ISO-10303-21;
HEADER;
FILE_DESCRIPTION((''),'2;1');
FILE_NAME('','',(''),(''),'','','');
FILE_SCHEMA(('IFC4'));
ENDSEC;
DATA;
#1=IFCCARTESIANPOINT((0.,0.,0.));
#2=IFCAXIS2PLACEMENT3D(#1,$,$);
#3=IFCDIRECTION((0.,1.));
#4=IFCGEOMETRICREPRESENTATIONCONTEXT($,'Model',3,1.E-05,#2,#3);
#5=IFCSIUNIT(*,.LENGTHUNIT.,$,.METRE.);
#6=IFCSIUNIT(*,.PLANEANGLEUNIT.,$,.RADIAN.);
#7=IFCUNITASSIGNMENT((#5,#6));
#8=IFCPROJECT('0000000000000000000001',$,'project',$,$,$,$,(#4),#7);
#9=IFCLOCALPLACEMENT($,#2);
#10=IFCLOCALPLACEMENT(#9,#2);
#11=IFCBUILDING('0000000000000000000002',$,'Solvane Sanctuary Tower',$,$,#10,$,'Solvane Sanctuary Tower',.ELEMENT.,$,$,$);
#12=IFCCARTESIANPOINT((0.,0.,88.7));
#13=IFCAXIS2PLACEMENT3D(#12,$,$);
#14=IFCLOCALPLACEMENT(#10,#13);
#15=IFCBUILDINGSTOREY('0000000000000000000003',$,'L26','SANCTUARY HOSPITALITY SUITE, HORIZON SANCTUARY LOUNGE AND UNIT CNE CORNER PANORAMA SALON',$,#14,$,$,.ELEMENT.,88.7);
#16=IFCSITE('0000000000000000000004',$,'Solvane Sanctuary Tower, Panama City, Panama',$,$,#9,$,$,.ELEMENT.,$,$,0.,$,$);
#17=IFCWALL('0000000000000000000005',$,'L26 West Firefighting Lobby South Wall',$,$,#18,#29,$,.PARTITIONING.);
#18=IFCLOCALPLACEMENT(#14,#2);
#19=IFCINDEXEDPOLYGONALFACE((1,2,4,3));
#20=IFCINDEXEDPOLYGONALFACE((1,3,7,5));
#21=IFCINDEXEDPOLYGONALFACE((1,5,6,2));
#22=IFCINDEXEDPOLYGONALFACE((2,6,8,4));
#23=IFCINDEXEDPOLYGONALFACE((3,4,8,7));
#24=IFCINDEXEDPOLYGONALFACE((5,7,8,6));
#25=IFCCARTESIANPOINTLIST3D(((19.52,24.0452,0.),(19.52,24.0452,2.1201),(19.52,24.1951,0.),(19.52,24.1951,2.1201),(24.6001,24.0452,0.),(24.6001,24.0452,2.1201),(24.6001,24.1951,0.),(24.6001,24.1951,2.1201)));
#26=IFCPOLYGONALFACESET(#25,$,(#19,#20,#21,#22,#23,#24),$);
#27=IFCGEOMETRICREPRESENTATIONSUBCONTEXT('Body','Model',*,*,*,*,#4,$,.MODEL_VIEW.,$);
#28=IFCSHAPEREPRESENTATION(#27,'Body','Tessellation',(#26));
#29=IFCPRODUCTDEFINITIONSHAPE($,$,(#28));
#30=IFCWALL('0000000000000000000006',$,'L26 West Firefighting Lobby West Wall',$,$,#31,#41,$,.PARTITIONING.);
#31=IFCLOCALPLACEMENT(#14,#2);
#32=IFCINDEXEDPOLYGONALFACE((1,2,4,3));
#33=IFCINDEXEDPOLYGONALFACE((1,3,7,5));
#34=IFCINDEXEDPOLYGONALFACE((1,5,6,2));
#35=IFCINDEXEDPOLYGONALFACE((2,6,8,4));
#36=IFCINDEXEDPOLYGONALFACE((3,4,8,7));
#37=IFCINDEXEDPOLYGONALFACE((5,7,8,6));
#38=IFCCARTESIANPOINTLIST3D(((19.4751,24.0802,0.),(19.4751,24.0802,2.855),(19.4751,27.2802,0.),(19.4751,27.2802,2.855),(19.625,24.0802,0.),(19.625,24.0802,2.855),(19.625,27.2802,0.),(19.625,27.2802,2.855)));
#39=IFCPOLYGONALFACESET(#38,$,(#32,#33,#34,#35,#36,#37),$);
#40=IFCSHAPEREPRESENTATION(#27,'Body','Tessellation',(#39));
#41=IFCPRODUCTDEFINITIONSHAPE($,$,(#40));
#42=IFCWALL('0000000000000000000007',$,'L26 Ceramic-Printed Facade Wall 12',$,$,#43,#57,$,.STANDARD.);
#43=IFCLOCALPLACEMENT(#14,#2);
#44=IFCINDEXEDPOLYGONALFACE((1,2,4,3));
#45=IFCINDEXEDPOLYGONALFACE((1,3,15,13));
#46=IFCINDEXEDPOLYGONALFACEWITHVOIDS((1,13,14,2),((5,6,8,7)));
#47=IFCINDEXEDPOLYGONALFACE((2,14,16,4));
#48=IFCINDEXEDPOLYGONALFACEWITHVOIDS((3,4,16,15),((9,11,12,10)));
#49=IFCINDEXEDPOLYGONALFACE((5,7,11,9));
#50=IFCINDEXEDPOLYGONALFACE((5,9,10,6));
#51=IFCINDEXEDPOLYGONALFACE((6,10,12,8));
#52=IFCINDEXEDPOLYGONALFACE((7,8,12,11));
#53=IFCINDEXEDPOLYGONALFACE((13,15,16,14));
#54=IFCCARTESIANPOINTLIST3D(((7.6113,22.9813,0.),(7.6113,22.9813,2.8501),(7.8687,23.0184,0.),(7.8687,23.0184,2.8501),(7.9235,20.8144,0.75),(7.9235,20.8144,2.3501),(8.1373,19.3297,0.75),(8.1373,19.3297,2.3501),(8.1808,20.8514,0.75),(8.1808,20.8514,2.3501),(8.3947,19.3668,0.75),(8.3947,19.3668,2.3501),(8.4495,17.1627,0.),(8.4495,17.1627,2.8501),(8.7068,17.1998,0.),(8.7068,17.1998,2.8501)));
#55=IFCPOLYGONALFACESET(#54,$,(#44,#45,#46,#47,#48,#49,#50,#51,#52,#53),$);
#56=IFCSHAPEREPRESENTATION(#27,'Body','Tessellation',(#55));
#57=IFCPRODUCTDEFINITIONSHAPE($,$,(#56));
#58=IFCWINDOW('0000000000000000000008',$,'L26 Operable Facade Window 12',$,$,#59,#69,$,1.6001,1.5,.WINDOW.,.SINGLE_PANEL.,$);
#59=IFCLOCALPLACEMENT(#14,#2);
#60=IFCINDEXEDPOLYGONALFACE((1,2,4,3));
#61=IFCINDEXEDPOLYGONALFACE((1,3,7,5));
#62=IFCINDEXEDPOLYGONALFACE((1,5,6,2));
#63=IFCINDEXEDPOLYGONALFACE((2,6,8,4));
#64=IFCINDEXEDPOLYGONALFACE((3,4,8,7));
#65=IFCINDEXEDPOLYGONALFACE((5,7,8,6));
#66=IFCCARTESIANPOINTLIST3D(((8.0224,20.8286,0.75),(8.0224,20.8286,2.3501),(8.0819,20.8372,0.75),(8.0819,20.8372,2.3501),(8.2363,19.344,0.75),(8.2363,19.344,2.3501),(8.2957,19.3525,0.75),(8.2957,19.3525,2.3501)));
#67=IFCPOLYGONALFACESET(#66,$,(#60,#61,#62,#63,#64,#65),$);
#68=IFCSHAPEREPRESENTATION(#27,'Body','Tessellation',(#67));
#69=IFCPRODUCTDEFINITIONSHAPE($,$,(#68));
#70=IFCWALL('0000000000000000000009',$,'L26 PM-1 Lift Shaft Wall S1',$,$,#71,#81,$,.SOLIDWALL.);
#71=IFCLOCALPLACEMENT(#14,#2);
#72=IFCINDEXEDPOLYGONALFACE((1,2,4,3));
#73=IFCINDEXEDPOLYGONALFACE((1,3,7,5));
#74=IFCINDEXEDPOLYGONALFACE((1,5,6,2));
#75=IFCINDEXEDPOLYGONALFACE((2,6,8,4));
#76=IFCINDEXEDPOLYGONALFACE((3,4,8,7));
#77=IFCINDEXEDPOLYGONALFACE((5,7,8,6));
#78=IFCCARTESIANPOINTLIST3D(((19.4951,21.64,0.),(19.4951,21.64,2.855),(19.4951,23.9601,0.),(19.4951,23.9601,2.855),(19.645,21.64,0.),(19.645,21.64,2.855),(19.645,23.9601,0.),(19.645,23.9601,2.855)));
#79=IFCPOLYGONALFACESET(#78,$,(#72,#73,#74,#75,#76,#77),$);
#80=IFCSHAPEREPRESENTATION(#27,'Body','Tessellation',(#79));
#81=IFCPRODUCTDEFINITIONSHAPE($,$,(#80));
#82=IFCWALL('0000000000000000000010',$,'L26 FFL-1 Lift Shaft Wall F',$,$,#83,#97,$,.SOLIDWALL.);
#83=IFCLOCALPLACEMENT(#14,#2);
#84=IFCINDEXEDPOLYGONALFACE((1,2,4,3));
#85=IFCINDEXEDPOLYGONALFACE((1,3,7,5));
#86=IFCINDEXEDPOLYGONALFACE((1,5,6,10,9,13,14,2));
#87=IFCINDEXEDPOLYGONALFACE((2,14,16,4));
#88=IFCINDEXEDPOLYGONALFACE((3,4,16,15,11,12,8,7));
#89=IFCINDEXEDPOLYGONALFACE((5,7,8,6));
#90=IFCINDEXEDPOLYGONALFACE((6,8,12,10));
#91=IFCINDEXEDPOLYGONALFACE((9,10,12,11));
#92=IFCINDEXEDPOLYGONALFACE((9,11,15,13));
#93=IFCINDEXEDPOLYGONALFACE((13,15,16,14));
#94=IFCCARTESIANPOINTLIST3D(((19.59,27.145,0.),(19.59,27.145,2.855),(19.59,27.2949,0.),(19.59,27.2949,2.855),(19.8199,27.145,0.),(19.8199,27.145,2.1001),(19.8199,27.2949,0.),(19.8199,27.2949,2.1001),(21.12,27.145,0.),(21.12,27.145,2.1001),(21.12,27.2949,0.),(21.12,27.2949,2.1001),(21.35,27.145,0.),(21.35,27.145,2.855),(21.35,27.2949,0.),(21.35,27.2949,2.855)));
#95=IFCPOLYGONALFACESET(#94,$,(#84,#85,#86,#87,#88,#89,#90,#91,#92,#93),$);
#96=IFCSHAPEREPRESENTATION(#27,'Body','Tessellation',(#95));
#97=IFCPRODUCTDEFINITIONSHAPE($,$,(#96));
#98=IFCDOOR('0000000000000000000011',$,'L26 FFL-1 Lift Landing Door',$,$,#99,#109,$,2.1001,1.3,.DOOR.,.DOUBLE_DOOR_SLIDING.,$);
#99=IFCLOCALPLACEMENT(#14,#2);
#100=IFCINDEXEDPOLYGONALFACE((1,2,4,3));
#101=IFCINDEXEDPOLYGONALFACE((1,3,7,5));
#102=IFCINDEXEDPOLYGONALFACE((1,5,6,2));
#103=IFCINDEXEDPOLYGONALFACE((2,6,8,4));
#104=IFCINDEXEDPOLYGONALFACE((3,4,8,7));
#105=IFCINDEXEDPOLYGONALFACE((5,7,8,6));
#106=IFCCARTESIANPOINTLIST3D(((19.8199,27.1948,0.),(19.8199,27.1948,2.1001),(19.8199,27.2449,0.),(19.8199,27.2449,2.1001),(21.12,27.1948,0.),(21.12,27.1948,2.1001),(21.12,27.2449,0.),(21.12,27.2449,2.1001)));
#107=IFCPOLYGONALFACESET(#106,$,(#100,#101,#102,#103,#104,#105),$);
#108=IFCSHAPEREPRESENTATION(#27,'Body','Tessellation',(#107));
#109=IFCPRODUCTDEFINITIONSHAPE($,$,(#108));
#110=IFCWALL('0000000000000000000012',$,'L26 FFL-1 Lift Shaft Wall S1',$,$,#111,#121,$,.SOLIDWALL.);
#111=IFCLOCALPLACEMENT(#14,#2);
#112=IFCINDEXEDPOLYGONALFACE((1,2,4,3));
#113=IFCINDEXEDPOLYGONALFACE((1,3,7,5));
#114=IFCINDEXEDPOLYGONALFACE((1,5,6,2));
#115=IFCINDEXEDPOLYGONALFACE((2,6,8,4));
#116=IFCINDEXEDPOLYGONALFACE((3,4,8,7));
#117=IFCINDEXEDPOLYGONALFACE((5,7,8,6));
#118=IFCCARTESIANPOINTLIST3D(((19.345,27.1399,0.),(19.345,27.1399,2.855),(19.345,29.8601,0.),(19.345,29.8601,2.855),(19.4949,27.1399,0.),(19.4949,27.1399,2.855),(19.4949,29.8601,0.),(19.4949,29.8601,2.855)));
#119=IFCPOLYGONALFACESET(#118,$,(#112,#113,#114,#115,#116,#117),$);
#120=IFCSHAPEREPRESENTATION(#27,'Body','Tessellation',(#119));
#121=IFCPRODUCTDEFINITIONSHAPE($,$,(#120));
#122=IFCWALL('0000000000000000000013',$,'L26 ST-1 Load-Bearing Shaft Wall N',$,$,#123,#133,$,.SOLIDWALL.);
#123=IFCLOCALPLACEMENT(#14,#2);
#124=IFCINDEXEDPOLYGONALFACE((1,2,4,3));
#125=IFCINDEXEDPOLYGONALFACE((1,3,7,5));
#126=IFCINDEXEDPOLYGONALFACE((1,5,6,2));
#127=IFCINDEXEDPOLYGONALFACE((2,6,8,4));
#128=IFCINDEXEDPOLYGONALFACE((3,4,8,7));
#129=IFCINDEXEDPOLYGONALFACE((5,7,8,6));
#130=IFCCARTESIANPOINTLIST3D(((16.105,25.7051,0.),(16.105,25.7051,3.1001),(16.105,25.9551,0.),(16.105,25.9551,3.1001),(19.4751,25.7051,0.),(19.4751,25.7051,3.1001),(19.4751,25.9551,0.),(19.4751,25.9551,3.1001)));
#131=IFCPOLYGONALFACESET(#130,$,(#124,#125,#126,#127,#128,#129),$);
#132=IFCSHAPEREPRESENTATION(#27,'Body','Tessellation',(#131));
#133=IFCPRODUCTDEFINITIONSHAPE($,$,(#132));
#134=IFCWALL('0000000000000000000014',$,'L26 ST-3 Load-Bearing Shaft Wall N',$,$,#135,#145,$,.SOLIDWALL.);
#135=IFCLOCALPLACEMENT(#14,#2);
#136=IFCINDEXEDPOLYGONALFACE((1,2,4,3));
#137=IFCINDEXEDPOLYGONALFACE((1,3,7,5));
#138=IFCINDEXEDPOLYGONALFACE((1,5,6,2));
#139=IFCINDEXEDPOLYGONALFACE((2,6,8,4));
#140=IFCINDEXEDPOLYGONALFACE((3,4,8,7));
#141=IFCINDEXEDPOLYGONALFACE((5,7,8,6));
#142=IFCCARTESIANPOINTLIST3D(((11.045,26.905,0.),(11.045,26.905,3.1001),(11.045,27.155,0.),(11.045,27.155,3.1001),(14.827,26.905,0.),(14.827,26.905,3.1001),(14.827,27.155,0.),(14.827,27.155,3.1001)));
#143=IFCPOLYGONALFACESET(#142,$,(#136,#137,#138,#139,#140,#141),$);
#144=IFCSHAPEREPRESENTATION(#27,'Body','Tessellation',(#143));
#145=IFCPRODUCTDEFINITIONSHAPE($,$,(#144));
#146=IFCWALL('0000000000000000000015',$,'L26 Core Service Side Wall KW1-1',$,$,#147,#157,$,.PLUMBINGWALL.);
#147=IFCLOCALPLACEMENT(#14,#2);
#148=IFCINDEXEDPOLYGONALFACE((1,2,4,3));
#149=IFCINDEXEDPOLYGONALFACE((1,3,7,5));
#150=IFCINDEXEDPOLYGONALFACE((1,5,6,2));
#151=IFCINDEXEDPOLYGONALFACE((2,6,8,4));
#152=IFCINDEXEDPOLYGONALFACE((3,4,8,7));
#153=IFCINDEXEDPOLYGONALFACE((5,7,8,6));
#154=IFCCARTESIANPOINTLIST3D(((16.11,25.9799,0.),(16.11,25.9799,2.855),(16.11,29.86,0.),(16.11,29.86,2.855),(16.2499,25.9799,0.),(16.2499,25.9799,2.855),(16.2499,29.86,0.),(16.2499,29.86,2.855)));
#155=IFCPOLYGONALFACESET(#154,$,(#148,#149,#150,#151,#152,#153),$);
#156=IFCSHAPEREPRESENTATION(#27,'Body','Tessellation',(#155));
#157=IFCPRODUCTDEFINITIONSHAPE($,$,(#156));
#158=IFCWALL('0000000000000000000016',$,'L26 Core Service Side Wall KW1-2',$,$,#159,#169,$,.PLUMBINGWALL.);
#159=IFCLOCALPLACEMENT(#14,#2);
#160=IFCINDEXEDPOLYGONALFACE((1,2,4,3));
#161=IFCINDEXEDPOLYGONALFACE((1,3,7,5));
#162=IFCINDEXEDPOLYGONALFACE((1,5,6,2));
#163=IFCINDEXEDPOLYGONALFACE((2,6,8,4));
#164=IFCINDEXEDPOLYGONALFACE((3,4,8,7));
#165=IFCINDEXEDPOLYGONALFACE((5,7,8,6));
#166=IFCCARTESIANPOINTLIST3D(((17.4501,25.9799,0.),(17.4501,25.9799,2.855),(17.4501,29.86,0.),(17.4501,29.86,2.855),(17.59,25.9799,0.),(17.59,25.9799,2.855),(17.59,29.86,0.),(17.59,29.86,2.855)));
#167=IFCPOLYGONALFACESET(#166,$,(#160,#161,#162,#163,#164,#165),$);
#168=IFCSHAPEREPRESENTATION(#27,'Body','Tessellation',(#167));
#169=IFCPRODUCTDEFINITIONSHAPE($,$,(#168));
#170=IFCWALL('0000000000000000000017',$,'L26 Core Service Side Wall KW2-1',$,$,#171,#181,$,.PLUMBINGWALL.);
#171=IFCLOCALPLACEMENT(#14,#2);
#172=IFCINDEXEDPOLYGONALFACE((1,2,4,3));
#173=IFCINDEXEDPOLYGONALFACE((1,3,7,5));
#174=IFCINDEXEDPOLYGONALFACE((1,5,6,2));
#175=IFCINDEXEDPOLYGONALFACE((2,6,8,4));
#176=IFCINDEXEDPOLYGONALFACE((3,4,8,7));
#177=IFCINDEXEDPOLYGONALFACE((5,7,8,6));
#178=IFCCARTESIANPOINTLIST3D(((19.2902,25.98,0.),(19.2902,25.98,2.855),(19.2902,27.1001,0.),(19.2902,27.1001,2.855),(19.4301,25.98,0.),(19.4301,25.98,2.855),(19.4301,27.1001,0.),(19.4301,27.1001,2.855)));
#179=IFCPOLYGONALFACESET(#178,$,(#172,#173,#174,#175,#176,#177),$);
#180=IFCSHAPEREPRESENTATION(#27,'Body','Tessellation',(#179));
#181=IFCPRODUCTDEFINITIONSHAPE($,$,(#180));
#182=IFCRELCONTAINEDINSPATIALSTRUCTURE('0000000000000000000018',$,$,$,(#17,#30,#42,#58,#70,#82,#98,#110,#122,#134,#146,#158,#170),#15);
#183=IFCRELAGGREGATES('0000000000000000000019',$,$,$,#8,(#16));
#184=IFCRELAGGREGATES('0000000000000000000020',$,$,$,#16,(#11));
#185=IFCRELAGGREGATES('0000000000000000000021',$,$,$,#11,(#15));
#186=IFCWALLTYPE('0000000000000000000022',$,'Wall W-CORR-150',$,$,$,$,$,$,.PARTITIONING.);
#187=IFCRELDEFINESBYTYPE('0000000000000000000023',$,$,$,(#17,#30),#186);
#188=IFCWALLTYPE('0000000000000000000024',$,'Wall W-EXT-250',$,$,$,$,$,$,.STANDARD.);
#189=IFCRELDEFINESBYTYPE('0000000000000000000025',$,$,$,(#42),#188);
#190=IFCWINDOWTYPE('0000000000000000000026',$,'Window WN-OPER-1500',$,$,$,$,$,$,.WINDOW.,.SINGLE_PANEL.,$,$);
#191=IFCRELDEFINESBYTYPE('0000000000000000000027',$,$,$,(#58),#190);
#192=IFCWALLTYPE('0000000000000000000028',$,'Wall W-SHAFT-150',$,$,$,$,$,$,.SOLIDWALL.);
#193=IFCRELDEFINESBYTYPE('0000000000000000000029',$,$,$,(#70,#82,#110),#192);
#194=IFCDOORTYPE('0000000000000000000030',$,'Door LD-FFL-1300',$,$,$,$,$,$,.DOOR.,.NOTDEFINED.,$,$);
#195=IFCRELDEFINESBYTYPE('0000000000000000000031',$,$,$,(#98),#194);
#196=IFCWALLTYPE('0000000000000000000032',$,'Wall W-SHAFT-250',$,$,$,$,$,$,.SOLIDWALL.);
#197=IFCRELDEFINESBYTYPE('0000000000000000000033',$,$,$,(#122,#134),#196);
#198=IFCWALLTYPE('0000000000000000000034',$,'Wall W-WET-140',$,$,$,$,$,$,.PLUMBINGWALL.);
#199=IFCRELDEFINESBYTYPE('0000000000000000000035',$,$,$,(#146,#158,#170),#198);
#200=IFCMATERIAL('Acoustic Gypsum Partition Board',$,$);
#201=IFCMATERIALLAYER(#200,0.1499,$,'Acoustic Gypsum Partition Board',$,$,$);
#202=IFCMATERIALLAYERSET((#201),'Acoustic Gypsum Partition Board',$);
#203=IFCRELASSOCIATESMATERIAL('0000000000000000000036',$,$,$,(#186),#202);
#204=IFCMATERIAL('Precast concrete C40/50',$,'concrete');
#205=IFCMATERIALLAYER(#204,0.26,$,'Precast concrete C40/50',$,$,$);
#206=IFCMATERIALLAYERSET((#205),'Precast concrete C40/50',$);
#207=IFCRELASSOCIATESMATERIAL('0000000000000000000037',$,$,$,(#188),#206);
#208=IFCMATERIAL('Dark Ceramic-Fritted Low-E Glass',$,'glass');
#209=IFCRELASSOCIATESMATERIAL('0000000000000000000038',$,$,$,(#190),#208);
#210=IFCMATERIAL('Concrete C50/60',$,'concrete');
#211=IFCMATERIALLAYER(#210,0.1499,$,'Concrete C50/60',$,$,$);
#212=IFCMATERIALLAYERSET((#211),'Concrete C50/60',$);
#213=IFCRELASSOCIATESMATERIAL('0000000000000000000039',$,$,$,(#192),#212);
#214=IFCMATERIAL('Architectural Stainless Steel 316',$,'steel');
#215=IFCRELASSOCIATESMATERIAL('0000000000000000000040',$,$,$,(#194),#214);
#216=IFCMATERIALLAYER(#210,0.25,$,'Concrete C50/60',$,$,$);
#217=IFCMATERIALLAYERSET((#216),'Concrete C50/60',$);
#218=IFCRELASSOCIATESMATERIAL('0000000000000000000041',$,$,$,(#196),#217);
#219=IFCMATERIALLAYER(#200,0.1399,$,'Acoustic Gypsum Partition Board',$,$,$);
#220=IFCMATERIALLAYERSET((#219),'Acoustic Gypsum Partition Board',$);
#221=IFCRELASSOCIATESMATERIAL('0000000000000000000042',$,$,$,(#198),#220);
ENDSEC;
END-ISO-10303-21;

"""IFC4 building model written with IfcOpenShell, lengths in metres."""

from ifc_helpers import new_model, si_unit, direction, frame, frame_2d, origin, place, context, subcontext, project, spatial, rectangle, extrude, material, layer, layer_set, type_object, element, fill, save


model = new_model("IFC4")

# Units and contexts
model_context = context("Model", 3, precision=1e-05, world=origin(), true_north=direction((0.0, 1.0)))
body_context = subcontext(model_context, "Body", "Model", "MODEL_VIEW")
ifc_project = project(units=[si_unit("LENGTHUNIT", "METRE"), si_unit("PLANEANGLEUNIT", "RADIAN")], contexts=[model_context])

# Site, building, storey
site_placement = place(None, origin())
site = spatial("IfcSite", under=ifc_project, at=site_placement, Name="Solvane Sanctuary Tower, Panama City, Panama", CompositionType="ELEMENT", RefElevation=0.0)
building_placement = place(site_placement, origin())
building = spatial("IfcBuilding", under=site, at=building_placement, Name="Solvane Sanctuary Tower", LongName="Solvane Sanctuary Tower", CompositionType="ELEMENT")
storey_placement = place(building_placement, frame((0.0, 0.0, 88.7)))
storey = spatial("IfcBuildingStorey", under=building, at=storey_placement, Name="L26", Description="SANCTUARY HOSPITALITY SUITE, HORIZON SANCTUARY LOUNGE AND UNIT CNE CORNER PANORAMA SALON", CompositionType="ELEMENT", Elevation=88.7)

# Walls
ifc_material_1 = material(Name="Acoustic Gypsum Partition Board")
ifc_layer_1 = layer(ifc_material_1, 0.1499, Name="Acoustic Gypsum Partition Board")
ifc_layer_set_1 = layer_set([ifc_layer_1], Name="Acoustic Gypsum Partition Board")
wall_type_1 = type_object("IfcWallType", Name="Wall W-CORR-150", PredefinedType="PARTITIONING", material=ifc_layer_set_1)
wall_1_placement = place(storey_placement, frame((19.52, 24.1201, 0.0), z_axis=(0.0, 0.0, 1.0), x_axis=(1.0, 0.0, 0.0)))
element("IfcWall", 1, at=wall_1_placement, inside=storey, type_object=wall_type_1, Name="L26 West Firefighting Lobby South Wall", PredefinedType="PARTITIONING", context=body_context, shape_type="SweptSolid", body=[
    extrude(rectangle(XDim=5.0801, YDim=0.1499, at=frame_2d((2.54, 0.0))), origin(), (0.0, 0.0, 1.0), 2.1201),
])
wall_2_placement = place(storey_placement, frame((19.55, 24.0801, 0.0), z_axis=(0.0, 0.0, 1.0), x_axis=(0.0, 1.0, 0.0)))
element("IfcWall", 2, at=wall_2_placement, inside=storey, type_object=wall_type_1, Name="L26 West Firefighting Lobby West Wall", PredefinedType="PARTITIONING", context=body_context, shape_type="SweptSolid", body=[
    extrude(rectangle(XDim=3.2, YDim=0.1499, at=frame_2d((1.6001, 0.0))), origin(), (0.0, 0.0, 1.0), 2.855),
])

# Wall, opening, window
ifc_material_2 = material(Name="Precast concrete C40/50", Category="concrete")
ifc_layer_2 = layer(ifc_material_2, 0.26, Name="Precast concrete C40/50")
ifc_layer_set_2 = layer_set([ifc_layer_2], Name="Precast concrete C40/50")
wall_type_2 = type_object("IfcWallType", Name="Wall W-EXT-250", PredefinedType="STANDARD", material=ifc_layer_set_2)
wall_3_placement = place(storey_placement, frame((7.74, 23.0, 0.0), z_axis=(0.0, 0.0, 1.0), x_axis=(0.142572, -0.989784, 0.0)))
wall_3 = element("IfcWall", 3, at=wall_3_placement, inside=storey, type_object=wall_type_2, Name="L26 Ceramic-Printed Facade Wall 12", PredefinedType="STANDARD", context=body_context, shape_type="SweptSolid", body=[
    extrude(rectangle(XDim=5.8787, YDim=0.26, at=frame_2d((2.9395, 0.0))), origin(), (0.0, 0.0, 1.0), 2.8501),
])
opening_1_placement = place(wall_3_placement, frame((2.1895, 0.0, 0.75)))
opening_1 = element("IfcOpeningElement", 4, at=opening_1_placement, cuts=wall_3, PredefinedType="OPENING", context=body_context, shape_type="SweptSolid", body=[
    extrude(rectangle(XDim=1.5, YDim=1.6001, at=frame_2d((0.75, 0.8))), frame((0.0, 0.1399, 0.0), z_axis=(0.0, -1.0, 0.0), x_axis=(1.0, 0.0, 0.0)), (0.0, 0.0, 1.0), 0.28),
])
ifc_material_3 = material(Name="Dark Ceramic-Fritted Low-E Glass", Category="glass")
window_type = type_object("IfcWindowType", Name="Window WN-OPER-1500", PartitioningType="SINGLE_PANEL", PredefinedType="WINDOW", material=ifc_material_3)
window_placement = place(opening_1_placement, origin())
window = element("IfcWindow", 5, at=window_placement, inside=storey, type_object=window_type, Name="L26 Operable Facade Window 12", OverallHeight=1.6001, OverallWidth=1.5, PartitioningType="SINGLE_PANEL", PredefinedType="WINDOW", context=body_context, shape_type="SweptSolid", body=[
    extrude(rectangle(XDim=1.5, YDim=1.6001, at=frame_2d((0.75, 0.8))), frame((0.0, 0.03, 0.0), z_axis=(0.0, -1.0, 0.0), x_axis=(1.0, 0.0, 0.0)), (0.0, 0.0, 1.0), 0.0601),
])
fill(opening_1, window)

# Wall
ifc_material_4 = material(Name="Concrete C50/60", Category="concrete")
ifc_layer_3 = layer(ifc_material_4, 0.1499, Name="Concrete C50/60")
ifc_layer_set_3 = layer_set([ifc_layer_3], Name="Concrete C50/60")
wall_type_3 = type_object("IfcWallType", Name="Wall W-SHAFT-150", PredefinedType="SOLIDWALL", material=ifc_layer_set_3)
wall_4_placement = place(storey_placement, frame((19.5701, 21.6399, 0.0), z_axis=(0.0, 0.0, 1.0), x_axis=(0.0, 1.0, 0.0)))
element("IfcWall", 6, at=wall_4_placement, inside=storey, type_object=wall_type_3, Name="L26 PM-1 Lift Shaft Wall S1", PredefinedType="SOLIDWALL", context=body_context, shape_type="SweptSolid", body=[
    extrude(rectangle(XDim=2.3201, YDim=0.1499, at=frame_2d((1.1602, 0.0))), origin(), (0.0, 0.0, 1.0), 2.855),
])

# Wall, opening, door
wall_5_placement = place(storey_placement, frame((19.5901, 27.22, 0.0), z_axis=(0.0, 0.0, 1.0), x_axis=(1.0, 0.0, 0.0)))
wall_5 = element("IfcWall", 7, at=wall_5_placement, inside=storey, type_object=wall_type_3, Name="L26 FFL-1 Lift Shaft Wall F", PredefinedType="SOLIDWALL", context=body_context, shape_type="SweptSolid", body=[
    extrude(rectangle(XDim=1.76, YDim=0.1499, at=frame_2d((0.8799, 0.0))), origin(), (0.0, 0.0, 1.0), 2.855),
])
opening_2_placement = place(wall_5_placement, frame((0.23, 0.0, 0.0)))
opening_2 = element("IfcOpeningElement", 8, at=opening_2_placement, cuts=wall_5, PredefinedType="OPENING", context=body_context, shape_type="SweptSolid", body=[
    extrude(rectangle(XDim=1.3, YDim=2.1001, at=frame_2d((0.6499, 1.05))), frame((0.0, 0.085, 0.0), z_axis=(0.0, -1.0, 0.0), x_axis=(1.0, 0.0, 0.0)), (0.0, 0.0, 1.0), 0.1699),
])
ifc_material_5 = material(Name="Architectural Stainless Steel 316", Category="steel")
door_type = type_object("IfcDoorType", Name="Door LD-FFL-1300", OperationType="NOTDEFINED", PredefinedType="DOOR", material=ifc_material_5)
door_placement = place(opening_2_placement, origin())
door = element("IfcDoor", 9, at=door_placement, inside=storey, type_object=door_type, Name="L26 FFL-1 Lift Landing Door", OperationType="DOUBLE_DOOR_SLIDING", OverallHeight=2.1001, OverallWidth=1.3, PredefinedType="DOOR", context=body_context, shape_type="SweptSolid", body=[
    extrude(rectangle(XDim=1.3, YDim=2.1001, at=frame_2d((0.6499, 1.05))), frame((0.0, 0.0249, 0.0), z_axis=(0.0, -1.0, 0.0), x_axis=(1.0, 0.0, 0.0)), (0.0, 0.0, 1.0), 0.05),
])
fill(opening_2, door)

# Walls
wall_6_placement = place(storey_placement, frame((19.4199, 27.1399, 0.0), z_axis=(0.0, 0.0, 1.0), x_axis=(0.0, 1.0, 0.0)))
element("IfcWall", 10, at=wall_6_placement, inside=storey, type_object=wall_type_3, Name="L26 FFL-1 Lift Shaft Wall S1", PredefinedType="SOLIDWALL", context=body_context, shape_type="SweptSolid", body=[
    extrude(rectangle(XDim=2.7202, YDim=0.1499, at=frame_2d((1.3601, 0.0))), origin(), (0.0, 0.0, 1.0), 2.855),
])
ifc_layer_4 = layer(ifc_material_4, 0.25, Name="Concrete C50/60")
ifc_layer_set_4 = layer_set([ifc_layer_4], Name="Concrete C50/60")
wall_type_4 = type_object("IfcWallType", Name="Wall W-SHAFT-250", PredefinedType="SOLIDWALL", material=ifc_layer_set_4)
wall_7_placement = place(storey_placement, frame((16.105, 25.8301, 0.0), z_axis=(0.0, 0.0, 1.0), x_axis=(1.0, 0.0, 0.0)))
element("IfcWall", 11, at=wall_7_placement, inside=storey, type_object=wall_type_4, Name="L26 ST-1 Load-Bearing Shaft Wall N", PredefinedType="SOLIDWALL", context=body_context, shape_type="SweptSolid", body=[
    extrude(rectangle(XDim=3.3701, YDim=0.25, at=frame_2d((1.6851, 0.0))), origin(), (0.0, 0.0, 1.0), 3.1001),
])
wall_8_placement = place(storey_placement, frame((11.0449, 27.03, 0.0), z_axis=(0.0, 0.0, 1.0), x_axis=(1.0, 0.0, 0.0)))
element("IfcWall", 12, at=wall_8_placement, inside=storey, type_object=wall_type_4, Name="L26 ST-3 Load-Bearing Shaft Wall N", PredefinedType="SOLIDWALL", context=body_context, shape_type="SweptSolid", body=[
    extrude(rectangle(XDim=3.782, YDim=0.25, at=frame_2d((1.8911, 0.0))), origin(), (0.0, 0.0, 1.0), 3.1001),
])
ifc_layer_5 = layer(ifc_material_1, 0.1399, Name="Acoustic Gypsum Partition Board")
ifc_layer_set_5 = layer_set([ifc_layer_5], Name="Acoustic Gypsum Partition Board")
wall_type_5 = type_object("IfcWallType", Name="Wall W-WET-140", PredefinedType="PLUMBINGWALL", material=ifc_layer_set_5)
for number, where, z_axis, x_axis, name in (
    (13, (16.1799, 25.98, 0.0), (0.0, 0.0, 1.0), (0.0, 1.0, 0.0), "L26 Core Service Side Wall KW1-1"),
    (14, (17.52, 25.98, 0.0), (0.0, 0.0, 1.0), (0.0, 1.0, 0.0), "L26 Core Service Side Wall KW1-2"),
):
    element("IfcWall", number, at=place(storey_placement, frame(where, z_axis=z_axis, x_axis=x_axis)), inside=storey, type_object=wall_type_5, Name=name, PredefinedType="PLUMBINGWALL", context=body_context, shape_type="SweptSolid", body=[
        extrude(rectangle(XDim=3.8801, YDim=0.1399, at=frame_2d((1.9399, 0.0))), origin(), (0.0, 0.0, 1.0), 2.855),
    ])
wall_9_placement = place(storey_placement, frame((19.3601, 25.98, 0.0), z_axis=(0.0, 0.0, 1.0), x_axis=(0.0, 1.0, 0.0)))
element("IfcWall", 15, at=wall_9_placement, inside=storey, type_object=wall_type_5, Name="L26 Core Service Side Wall KW2-1", PredefinedType="PLUMBINGWALL", context=body_context, shape_type="SweptSolid", body=[
    extrude(rectangle(XDim=1.1201, YDim=0.1399, at=frame_2d((0.5601, 0.0))), origin(), (0.0, 0.0, 1.0), 2.855),
])

save(model, "model.ifc")
